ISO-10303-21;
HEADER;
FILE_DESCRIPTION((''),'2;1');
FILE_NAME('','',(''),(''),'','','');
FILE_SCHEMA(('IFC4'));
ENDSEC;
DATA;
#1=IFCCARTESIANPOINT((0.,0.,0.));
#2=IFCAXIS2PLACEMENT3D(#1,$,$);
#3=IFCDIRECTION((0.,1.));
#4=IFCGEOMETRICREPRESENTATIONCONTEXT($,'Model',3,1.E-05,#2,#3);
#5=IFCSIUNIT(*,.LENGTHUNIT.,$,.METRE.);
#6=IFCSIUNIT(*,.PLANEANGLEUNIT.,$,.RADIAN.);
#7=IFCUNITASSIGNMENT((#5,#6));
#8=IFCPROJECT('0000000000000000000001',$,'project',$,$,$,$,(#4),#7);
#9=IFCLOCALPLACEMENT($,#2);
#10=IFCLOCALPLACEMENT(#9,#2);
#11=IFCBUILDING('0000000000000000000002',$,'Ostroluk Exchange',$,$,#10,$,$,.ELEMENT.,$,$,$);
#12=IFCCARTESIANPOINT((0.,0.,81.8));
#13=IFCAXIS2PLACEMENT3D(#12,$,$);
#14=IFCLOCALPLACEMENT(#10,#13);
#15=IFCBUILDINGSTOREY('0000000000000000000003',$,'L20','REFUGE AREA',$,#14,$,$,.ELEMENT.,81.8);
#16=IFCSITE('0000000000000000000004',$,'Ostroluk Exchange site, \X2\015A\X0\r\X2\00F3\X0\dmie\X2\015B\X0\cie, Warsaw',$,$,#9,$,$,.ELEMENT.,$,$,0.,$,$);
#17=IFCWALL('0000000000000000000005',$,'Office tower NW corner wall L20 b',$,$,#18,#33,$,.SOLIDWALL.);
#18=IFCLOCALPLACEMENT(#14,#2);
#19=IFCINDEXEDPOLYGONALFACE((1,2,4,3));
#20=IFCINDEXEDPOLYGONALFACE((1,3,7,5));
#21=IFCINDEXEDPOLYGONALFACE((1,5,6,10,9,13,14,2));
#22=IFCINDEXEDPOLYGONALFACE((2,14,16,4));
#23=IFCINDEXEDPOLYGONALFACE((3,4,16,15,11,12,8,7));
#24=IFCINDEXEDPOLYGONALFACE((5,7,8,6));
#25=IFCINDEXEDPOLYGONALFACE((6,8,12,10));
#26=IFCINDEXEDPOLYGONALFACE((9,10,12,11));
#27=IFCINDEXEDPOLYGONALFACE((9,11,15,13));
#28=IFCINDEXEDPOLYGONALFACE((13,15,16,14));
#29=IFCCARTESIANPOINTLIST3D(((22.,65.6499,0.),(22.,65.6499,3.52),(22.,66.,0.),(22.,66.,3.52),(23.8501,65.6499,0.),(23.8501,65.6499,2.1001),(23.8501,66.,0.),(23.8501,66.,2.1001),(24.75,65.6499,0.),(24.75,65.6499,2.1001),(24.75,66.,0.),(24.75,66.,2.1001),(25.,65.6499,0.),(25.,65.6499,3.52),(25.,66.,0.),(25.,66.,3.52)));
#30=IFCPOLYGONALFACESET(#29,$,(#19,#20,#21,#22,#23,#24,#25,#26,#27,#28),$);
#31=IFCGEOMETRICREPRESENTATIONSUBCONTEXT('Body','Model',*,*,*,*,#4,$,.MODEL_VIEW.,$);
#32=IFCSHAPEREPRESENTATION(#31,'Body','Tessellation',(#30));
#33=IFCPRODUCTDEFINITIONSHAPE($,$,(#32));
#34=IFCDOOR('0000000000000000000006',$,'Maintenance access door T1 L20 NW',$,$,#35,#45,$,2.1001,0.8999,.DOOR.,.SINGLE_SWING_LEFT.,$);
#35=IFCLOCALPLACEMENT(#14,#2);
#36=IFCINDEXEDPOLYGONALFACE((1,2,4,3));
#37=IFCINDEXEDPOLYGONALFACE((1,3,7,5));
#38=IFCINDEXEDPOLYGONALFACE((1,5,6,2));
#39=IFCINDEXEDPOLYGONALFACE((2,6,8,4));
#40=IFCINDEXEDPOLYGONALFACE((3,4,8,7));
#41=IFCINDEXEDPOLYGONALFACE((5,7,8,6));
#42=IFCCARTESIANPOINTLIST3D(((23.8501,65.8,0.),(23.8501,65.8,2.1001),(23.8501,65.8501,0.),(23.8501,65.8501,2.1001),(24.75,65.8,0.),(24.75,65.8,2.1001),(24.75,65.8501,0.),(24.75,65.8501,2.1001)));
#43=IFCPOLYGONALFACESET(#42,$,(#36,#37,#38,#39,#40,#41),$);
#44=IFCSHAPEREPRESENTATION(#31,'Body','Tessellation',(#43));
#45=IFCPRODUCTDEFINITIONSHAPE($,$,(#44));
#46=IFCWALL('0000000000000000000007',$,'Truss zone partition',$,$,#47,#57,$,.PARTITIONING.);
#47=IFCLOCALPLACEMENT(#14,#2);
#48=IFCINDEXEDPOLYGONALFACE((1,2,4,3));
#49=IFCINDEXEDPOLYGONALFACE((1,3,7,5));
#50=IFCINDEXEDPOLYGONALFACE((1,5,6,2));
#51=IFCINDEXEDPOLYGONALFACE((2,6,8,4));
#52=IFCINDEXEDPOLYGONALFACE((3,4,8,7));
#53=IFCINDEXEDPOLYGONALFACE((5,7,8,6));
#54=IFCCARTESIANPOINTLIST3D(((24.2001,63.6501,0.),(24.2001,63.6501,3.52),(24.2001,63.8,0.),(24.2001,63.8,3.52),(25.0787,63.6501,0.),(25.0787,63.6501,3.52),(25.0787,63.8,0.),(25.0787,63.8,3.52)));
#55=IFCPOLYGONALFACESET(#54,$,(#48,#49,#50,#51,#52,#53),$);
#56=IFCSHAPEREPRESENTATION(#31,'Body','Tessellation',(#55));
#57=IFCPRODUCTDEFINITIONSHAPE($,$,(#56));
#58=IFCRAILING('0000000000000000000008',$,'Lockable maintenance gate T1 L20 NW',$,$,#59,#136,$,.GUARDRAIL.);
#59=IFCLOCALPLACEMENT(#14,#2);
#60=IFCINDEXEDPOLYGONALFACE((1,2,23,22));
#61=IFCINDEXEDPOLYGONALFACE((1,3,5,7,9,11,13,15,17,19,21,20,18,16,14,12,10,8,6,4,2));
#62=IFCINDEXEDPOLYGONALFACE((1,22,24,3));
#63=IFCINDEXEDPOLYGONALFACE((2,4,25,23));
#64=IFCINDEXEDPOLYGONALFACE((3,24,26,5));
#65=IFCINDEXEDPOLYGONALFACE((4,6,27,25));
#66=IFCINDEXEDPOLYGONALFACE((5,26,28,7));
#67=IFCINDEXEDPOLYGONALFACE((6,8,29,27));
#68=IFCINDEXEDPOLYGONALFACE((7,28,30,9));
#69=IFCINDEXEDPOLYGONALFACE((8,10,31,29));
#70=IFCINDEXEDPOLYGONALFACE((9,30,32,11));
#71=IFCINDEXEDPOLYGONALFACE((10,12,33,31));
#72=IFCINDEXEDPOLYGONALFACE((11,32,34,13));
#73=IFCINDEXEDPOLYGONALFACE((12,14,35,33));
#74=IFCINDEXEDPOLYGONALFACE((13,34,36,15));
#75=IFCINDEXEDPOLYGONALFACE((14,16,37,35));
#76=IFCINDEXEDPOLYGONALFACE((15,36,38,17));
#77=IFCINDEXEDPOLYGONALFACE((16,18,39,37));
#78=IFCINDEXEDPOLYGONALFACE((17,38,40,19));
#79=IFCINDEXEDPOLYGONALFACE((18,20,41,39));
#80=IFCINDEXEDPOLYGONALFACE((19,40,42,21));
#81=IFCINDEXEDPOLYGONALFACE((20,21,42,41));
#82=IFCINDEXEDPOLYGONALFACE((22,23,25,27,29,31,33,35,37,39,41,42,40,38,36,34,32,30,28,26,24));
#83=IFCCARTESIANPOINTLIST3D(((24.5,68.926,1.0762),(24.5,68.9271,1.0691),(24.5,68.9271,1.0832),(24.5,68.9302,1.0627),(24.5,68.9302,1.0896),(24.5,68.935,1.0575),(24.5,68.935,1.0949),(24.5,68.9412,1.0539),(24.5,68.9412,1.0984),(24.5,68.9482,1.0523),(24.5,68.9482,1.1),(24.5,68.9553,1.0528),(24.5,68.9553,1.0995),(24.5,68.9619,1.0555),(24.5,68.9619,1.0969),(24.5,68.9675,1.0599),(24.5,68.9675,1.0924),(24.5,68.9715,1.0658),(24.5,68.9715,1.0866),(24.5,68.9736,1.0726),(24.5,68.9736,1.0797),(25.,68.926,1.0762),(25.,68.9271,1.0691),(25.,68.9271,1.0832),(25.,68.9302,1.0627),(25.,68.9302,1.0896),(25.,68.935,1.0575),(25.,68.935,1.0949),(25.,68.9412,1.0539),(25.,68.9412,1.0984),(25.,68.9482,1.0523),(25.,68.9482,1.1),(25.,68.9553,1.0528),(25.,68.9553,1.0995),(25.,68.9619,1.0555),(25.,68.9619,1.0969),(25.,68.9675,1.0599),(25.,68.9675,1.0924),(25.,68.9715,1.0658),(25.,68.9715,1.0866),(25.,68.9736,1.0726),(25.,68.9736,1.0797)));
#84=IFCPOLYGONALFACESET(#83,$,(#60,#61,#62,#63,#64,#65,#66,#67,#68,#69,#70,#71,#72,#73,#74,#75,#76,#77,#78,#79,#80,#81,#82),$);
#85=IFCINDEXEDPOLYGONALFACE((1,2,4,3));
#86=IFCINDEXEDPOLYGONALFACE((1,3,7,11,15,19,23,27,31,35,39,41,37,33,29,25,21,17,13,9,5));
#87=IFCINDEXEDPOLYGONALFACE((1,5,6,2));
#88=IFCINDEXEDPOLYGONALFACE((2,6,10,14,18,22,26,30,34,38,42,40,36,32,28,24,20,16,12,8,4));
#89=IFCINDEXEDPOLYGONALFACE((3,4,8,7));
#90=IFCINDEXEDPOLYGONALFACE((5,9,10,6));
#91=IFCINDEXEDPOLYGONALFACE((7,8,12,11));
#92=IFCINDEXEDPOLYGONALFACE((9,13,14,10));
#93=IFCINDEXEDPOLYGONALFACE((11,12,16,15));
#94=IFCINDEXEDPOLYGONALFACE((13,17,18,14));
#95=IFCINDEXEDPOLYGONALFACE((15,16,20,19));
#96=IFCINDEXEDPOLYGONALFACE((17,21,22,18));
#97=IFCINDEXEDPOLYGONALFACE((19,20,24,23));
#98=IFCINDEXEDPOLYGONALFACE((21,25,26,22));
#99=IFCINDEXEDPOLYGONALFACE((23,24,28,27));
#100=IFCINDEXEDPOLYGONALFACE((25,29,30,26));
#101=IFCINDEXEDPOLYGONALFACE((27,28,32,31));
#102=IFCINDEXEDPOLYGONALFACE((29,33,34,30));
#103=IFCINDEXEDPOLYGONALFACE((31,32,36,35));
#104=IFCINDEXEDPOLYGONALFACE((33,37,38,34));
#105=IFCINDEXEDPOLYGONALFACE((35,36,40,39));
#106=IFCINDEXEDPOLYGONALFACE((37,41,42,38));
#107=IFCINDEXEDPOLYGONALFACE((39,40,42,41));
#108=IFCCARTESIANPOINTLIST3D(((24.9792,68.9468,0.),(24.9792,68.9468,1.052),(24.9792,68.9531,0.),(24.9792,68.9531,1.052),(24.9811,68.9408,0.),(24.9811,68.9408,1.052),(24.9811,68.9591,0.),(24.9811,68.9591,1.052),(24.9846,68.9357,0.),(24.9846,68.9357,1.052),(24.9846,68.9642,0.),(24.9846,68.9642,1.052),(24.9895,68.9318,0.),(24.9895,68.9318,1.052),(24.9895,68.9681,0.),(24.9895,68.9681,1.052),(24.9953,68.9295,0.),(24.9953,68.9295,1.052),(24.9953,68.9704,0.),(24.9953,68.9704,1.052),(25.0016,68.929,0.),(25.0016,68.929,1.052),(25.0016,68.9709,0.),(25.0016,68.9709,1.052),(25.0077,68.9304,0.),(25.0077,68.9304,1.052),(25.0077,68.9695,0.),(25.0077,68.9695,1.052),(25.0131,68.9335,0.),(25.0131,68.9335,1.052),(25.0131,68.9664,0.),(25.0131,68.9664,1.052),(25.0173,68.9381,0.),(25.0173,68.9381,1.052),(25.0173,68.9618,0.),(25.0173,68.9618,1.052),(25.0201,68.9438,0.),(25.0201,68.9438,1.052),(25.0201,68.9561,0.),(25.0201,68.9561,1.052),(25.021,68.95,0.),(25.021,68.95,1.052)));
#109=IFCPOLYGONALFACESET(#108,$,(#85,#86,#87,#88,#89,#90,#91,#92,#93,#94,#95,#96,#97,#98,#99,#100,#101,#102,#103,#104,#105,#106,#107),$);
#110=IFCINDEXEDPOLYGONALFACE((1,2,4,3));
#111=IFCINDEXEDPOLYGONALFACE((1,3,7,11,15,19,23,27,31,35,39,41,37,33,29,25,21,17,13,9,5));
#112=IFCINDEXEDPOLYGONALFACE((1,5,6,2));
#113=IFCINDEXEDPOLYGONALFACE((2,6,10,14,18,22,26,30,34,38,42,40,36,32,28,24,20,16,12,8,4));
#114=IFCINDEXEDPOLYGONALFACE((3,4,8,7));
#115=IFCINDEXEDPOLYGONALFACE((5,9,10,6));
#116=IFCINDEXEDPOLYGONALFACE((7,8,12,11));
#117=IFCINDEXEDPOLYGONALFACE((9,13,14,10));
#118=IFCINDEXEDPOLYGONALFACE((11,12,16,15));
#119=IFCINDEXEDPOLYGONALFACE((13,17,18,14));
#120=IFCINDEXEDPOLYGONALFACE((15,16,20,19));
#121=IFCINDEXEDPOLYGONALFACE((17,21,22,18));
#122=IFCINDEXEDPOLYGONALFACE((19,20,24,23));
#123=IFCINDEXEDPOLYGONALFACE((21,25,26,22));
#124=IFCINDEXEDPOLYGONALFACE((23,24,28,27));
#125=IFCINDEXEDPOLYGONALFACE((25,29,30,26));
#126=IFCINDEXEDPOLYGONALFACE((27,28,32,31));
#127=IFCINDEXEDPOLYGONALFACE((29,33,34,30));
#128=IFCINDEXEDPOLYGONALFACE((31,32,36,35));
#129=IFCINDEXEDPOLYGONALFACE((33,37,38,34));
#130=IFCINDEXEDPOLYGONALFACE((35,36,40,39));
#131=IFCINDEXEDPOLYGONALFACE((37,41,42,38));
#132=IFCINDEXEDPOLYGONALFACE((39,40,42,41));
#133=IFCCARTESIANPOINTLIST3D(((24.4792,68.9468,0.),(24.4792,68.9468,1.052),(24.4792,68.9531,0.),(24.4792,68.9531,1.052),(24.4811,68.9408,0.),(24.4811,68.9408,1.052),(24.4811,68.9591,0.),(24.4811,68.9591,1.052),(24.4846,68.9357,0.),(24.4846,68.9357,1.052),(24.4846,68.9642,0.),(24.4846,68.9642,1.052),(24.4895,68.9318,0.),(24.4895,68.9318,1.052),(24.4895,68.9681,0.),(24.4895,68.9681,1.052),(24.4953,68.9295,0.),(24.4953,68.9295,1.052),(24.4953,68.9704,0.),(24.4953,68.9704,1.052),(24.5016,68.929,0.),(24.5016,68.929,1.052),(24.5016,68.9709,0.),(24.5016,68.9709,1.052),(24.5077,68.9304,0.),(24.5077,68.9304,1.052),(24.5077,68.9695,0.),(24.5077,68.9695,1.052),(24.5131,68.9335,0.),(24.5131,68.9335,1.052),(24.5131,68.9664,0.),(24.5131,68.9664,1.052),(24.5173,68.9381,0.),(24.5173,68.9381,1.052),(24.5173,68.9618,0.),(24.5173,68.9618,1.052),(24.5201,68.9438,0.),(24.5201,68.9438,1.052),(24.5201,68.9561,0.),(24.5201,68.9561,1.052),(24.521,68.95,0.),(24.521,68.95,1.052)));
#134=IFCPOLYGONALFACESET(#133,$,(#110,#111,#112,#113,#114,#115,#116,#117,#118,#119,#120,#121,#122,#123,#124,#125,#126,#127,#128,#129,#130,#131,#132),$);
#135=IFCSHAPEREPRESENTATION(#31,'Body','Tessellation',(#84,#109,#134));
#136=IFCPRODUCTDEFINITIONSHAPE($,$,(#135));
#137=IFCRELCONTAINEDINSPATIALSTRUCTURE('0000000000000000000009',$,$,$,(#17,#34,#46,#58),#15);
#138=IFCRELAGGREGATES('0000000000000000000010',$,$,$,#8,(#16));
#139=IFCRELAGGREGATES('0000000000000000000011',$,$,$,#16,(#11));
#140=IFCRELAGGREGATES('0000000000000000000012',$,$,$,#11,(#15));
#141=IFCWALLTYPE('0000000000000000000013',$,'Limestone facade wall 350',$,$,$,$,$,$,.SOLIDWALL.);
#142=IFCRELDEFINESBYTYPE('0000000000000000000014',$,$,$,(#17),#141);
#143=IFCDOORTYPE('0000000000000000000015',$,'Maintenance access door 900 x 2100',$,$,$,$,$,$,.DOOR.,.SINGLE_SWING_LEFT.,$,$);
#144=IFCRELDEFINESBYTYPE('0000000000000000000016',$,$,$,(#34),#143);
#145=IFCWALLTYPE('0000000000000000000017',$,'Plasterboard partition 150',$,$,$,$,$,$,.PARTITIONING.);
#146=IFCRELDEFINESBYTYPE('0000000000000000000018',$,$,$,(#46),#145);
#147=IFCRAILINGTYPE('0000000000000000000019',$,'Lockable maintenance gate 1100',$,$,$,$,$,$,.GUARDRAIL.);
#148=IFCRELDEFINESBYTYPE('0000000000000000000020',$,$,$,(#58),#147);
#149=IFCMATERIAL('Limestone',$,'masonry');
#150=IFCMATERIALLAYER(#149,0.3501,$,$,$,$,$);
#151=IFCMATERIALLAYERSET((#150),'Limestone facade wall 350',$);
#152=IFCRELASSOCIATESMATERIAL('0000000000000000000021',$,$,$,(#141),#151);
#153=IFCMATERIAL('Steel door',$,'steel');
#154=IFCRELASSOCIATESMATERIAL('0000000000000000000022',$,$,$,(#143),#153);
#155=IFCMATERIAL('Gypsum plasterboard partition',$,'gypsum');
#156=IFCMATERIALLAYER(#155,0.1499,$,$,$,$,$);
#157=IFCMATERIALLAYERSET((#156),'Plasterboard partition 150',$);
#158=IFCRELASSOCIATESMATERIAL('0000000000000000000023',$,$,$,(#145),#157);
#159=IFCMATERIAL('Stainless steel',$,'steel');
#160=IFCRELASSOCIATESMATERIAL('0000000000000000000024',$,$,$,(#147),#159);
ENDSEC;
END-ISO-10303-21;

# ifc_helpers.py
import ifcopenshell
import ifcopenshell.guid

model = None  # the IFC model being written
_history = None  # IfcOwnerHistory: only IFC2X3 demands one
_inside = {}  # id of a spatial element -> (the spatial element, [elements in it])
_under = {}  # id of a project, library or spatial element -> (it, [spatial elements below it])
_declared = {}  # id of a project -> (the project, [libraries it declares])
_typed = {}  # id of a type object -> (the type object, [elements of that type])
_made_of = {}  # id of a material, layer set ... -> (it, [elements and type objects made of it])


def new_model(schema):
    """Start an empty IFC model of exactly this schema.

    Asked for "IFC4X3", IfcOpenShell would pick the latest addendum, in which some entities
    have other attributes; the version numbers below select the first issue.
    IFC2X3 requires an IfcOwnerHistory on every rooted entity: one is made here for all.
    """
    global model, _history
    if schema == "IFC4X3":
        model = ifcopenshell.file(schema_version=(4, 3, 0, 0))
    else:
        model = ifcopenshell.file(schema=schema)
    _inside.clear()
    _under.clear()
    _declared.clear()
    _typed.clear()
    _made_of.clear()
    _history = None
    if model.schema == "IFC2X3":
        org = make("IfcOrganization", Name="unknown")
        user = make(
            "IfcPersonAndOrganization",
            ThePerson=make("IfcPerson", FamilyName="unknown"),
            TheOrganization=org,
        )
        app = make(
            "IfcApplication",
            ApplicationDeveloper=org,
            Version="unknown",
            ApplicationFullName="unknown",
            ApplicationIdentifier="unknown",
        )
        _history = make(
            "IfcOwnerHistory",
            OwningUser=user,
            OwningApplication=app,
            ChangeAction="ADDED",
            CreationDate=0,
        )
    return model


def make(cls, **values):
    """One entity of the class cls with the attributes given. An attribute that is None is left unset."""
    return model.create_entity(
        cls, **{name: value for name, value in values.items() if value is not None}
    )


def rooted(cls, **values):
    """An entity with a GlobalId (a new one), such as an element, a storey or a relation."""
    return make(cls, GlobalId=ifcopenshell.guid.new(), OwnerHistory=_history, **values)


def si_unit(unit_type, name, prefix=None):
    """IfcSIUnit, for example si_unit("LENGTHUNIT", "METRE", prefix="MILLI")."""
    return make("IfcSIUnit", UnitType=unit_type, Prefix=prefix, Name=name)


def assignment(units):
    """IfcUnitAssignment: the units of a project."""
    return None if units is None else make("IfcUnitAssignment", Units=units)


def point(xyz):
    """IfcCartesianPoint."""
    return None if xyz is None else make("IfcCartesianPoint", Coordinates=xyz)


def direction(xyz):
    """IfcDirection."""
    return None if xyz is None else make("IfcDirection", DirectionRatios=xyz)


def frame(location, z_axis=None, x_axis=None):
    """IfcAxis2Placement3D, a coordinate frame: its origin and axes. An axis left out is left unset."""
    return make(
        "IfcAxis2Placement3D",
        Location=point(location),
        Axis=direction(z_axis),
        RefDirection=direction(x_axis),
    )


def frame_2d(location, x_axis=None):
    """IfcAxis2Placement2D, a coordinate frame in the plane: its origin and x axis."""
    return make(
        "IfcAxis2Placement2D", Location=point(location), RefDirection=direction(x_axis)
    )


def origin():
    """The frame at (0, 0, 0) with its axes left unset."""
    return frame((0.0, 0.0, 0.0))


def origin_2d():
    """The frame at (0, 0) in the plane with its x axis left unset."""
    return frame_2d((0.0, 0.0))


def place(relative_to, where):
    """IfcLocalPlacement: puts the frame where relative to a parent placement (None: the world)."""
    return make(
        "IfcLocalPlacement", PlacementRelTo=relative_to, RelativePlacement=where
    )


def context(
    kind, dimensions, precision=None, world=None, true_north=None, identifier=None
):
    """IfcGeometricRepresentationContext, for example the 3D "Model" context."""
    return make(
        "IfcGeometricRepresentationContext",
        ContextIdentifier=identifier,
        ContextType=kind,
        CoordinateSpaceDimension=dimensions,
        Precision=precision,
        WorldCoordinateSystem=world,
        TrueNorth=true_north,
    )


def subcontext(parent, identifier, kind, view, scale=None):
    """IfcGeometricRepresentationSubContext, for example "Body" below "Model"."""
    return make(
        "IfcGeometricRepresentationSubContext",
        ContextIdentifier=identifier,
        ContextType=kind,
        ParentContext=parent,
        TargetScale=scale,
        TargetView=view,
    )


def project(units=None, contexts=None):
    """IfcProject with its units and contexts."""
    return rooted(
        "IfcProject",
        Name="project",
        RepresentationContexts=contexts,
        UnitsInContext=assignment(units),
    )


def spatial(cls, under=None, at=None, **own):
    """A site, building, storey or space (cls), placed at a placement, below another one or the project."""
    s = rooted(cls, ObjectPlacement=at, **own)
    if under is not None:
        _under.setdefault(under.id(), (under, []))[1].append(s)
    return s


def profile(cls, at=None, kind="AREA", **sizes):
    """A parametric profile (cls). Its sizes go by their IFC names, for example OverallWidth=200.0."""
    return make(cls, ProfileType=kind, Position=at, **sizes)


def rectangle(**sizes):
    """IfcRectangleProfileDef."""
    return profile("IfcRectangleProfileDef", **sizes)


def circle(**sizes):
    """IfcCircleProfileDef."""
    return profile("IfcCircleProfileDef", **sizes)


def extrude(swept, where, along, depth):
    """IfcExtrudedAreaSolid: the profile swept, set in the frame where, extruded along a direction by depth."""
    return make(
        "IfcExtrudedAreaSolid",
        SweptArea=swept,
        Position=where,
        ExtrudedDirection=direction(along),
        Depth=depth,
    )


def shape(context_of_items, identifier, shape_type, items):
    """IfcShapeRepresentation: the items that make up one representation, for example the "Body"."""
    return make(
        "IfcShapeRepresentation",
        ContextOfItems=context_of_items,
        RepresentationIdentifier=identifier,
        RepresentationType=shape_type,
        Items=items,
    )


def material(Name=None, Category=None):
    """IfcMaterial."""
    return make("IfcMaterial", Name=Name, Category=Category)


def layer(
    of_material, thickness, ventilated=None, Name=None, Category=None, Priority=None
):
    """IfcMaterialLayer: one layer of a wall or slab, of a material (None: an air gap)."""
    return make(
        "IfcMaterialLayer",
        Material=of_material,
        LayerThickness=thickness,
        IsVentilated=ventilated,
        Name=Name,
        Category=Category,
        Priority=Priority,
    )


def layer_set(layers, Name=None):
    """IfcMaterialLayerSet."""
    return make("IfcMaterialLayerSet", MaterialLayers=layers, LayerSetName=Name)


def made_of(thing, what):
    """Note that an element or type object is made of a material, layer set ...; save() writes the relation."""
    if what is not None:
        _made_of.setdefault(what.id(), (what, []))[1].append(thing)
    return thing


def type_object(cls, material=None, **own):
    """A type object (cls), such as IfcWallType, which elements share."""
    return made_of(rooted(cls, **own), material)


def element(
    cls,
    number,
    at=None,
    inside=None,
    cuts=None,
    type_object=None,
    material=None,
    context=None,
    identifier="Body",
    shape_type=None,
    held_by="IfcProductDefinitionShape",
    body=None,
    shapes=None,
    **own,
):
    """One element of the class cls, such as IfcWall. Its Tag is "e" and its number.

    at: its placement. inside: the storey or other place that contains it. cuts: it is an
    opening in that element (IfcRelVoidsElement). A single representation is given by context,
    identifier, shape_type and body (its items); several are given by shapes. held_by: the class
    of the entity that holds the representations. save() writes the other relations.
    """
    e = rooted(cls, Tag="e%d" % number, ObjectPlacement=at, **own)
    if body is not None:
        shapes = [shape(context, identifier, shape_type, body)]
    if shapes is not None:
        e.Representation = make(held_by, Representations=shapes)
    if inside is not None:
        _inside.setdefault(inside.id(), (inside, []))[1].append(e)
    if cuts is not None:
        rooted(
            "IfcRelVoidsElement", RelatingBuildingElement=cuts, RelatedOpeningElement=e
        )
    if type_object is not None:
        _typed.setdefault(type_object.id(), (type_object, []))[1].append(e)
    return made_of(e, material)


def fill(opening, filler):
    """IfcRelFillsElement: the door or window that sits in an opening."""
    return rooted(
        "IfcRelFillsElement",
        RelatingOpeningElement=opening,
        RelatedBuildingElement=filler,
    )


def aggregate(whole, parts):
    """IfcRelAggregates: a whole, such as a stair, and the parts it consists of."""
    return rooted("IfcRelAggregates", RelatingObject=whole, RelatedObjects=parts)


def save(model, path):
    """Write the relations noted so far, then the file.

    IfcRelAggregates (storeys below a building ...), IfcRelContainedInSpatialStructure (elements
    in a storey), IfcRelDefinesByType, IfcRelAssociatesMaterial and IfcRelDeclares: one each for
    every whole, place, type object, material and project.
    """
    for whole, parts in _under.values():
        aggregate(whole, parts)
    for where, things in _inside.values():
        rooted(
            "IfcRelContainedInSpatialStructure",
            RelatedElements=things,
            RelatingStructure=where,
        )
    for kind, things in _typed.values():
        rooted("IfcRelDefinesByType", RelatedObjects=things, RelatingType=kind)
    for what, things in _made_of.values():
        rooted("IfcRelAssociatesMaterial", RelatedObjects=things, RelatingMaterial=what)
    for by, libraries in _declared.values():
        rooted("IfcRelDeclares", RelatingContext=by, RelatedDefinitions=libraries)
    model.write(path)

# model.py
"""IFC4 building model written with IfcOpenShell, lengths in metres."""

from ifc_helpers import new_model, si_unit, direction, frame, frame_2d, origin, origin_2d, place, context, subcontext, project, spatial, rectangle, circle, extrude, material, layer, layer_set, type_object, element, fill, save


model = new_model("IFC4")

# Units and contexts
model_context = context("Model", 3, precision=1e-05, world=origin(), true_north=direction((0.0, 1.0)))
body_context = subcontext(model_context, "Body", "Model", "MODEL_VIEW")
ifc_project = project(units=[si_unit("LENGTHUNIT", "METRE"), si_unit("PLANEANGLEUNIT", "RADIAN")], contexts=[model_context])

# Site, building, storey
site_placement = place(None, origin())
site = spatial("IfcSite", under=ifc_project, at=site_placement, Name="Ostroluk Exchange site, Śródmieście, Warsaw", CompositionType="ELEMENT", RefElevation=0.0)
building_placement = place(site_placement, origin())
building = spatial("IfcBuilding", under=site, at=building_placement, Name="Ostroluk Exchange", CompositionType="ELEMENT")
storey_placement = place(building_placement, frame((0.0, 0.0, 81.8)))
storey = spatial("IfcBuildingStorey", under=building, at=storey_placement, Name="L20", Description="REFUGE AREA", CompositionType="ELEMENT", Elevation=81.8)

# Shared definitions
ifc_material_1 = material(Name="Limestone", Category="masonry")
ifc_layer_1 = layer(ifc_material_1, 0.3501)
ifc_layer_set_1 = layer_set([ifc_layer_1], Name="Limestone facade wall 350")
wall_type_1 = type_object("IfcWallType", Name="Limestone facade wall 350", PredefinedType="SOLIDWALL", material=ifc_layer_set_1)

# Wall, opening, door
wall_1_placement = place(storey_placement, frame((25.0, 65.825, 0.0), z_axis=(0.0, 0.0, 1.0), x_axis=(-1.0, 0.0, 0.0)))
wall_1 = element("IfcWall", 1, at=wall_1_placement, inside=storey, type_object=wall_type_1, Name="Office tower NW corner wall L20 b", PredefinedType="SOLIDWALL", context=body_context, shape_type="SweptSolid", body=[
    extrude(rectangle(XDim=3.0, YDim=0.3501, at=frame_2d((1.5, 0.0))), origin(), (0.0, 0.0, 1.0), 3.52),
])
opening_1_placement = place(wall_1_placement, frame((0.25, 0.0, 0.0)))
opening_1 = element("IfcOpeningElement", 2, at=opening_1_placement, cuts=wall_1, PredefinedType="OPENING", context=body_context, shape_type="SweptSolid", body=[
    extrude(rectangle(XDim=0.8999, YDim=2.1001, at=frame_2d((0.45, 1.05))), frame((0.0, 0.1851, 0.0), z_axis=(0.0, -1.0, 0.0), x_axis=(1.0, 0.0, 0.0)), (0.0, 0.0, 1.0), 0.3701),
])
ifc_material_2 = material(Name="Steel door", Category="steel")
door_type = type_object("IfcDoorType", Name="Maintenance access door 900 x 2100", OperationType="SINGLE_SWING_LEFT", PredefinedType="DOOR", material=ifc_material_2)
door_placement = place(opening_1_placement, origin())
door = element("IfcDoor", 3, at=door_placement, inside=storey, type_object=door_type, Name="Maintenance access door T1 L20 NW", OperationType="SINGLE_SWING_LEFT", OverallHeight=2.1001, OverallWidth=0.8999, PredefinedType="DOOR", context=body_context, shape_type="SweptSolid", body=[
    extrude(rectangle(XDim=0.8999, YDim=2.1001, at=frame_2d((0.45, 1.05))), frame((0.0, 0.0249, 0.0), z_axis=(0.0, -1.0, 0.0), x_axis=(1.0, 0.0, 0.0)), (0.0, 0.0, 1.0), 0.05),
])
fill(opening_1, door)

# Wall
ifc_material_3 = material(Name="Gypsum plasterboard partition", Category="gypsum")
ifc_layer_2 = layer(ifc_material_3, 0.1499)
ifc_layer_set_2 = layer_set([ifc_layer_2], Name="Plasterboard partition 150")
wall_type_2 = type_object("IfcWallType", Name="Plasterboard partition 150", PredefinedType="PARTITIONING", material=ifc_layer_set_2)
wall_2_placement = place(storey_placement, frame((24.2, 63.7251, 0.0), z_axis=(0.0, 0.0, 1.0), x_axis=(1.0, 0.0, 0.0)))
element("IfcWall", 4, at=wall_2_placement, inside=storey, type_object=wall_type_2, Name="Truss zone partition", PredefinedType="PARTITIONING", context=body_context, shape_type="SweptSolid", body=[
    extrude(rectangle(XDim=0.8787, YDim=0.1499, at=frame_2d((0.4395, 0.0))), origin(), (0.0, 0.0, 1.0), 3.52),
])

# Railing
ifc_material_4 = material(Name="Stainless steel", Category="steel")
railing_type_1 = type_object("IfcRailingType", Name="Lockable maintenance gate 1100", PredefinedType="GUARDRAIL", material=ifc_material_4)
railing_1_placement = place(storey_placement, frame((25.0, 68.95, 0.0)))
element("IfcRailing", 5, at=railing_1_placement, inside=storey, type_object=railing_type_1, Name="Lockable maintenance gate T1 L20 NW", PredefinedType="GUARDRAIL", context=body_context, shape_type="SweptSolid", body=[
    extrude(circle(Radius=0.0239, at=origin_2d()), frame((0.0, 0.0, 1.0762), z_axis=(-1.0, 0.0, 0.0), x_axis=(0.0, -1.0, 0.0)), (0.0, 0.0, 1.0), 0.5),
    extrude(circle(Radius=0.021, at=origin_2d()), origin(), (0.0, 0.0, 1.0), 1.052),
    extrude(circle(Radius=0.021, at=origin_2d()), frame((-0.5, 0.0, 0.0)), (0.0, 0.0, 1.0), 1.052),
])

save(model, "model.ifc")
